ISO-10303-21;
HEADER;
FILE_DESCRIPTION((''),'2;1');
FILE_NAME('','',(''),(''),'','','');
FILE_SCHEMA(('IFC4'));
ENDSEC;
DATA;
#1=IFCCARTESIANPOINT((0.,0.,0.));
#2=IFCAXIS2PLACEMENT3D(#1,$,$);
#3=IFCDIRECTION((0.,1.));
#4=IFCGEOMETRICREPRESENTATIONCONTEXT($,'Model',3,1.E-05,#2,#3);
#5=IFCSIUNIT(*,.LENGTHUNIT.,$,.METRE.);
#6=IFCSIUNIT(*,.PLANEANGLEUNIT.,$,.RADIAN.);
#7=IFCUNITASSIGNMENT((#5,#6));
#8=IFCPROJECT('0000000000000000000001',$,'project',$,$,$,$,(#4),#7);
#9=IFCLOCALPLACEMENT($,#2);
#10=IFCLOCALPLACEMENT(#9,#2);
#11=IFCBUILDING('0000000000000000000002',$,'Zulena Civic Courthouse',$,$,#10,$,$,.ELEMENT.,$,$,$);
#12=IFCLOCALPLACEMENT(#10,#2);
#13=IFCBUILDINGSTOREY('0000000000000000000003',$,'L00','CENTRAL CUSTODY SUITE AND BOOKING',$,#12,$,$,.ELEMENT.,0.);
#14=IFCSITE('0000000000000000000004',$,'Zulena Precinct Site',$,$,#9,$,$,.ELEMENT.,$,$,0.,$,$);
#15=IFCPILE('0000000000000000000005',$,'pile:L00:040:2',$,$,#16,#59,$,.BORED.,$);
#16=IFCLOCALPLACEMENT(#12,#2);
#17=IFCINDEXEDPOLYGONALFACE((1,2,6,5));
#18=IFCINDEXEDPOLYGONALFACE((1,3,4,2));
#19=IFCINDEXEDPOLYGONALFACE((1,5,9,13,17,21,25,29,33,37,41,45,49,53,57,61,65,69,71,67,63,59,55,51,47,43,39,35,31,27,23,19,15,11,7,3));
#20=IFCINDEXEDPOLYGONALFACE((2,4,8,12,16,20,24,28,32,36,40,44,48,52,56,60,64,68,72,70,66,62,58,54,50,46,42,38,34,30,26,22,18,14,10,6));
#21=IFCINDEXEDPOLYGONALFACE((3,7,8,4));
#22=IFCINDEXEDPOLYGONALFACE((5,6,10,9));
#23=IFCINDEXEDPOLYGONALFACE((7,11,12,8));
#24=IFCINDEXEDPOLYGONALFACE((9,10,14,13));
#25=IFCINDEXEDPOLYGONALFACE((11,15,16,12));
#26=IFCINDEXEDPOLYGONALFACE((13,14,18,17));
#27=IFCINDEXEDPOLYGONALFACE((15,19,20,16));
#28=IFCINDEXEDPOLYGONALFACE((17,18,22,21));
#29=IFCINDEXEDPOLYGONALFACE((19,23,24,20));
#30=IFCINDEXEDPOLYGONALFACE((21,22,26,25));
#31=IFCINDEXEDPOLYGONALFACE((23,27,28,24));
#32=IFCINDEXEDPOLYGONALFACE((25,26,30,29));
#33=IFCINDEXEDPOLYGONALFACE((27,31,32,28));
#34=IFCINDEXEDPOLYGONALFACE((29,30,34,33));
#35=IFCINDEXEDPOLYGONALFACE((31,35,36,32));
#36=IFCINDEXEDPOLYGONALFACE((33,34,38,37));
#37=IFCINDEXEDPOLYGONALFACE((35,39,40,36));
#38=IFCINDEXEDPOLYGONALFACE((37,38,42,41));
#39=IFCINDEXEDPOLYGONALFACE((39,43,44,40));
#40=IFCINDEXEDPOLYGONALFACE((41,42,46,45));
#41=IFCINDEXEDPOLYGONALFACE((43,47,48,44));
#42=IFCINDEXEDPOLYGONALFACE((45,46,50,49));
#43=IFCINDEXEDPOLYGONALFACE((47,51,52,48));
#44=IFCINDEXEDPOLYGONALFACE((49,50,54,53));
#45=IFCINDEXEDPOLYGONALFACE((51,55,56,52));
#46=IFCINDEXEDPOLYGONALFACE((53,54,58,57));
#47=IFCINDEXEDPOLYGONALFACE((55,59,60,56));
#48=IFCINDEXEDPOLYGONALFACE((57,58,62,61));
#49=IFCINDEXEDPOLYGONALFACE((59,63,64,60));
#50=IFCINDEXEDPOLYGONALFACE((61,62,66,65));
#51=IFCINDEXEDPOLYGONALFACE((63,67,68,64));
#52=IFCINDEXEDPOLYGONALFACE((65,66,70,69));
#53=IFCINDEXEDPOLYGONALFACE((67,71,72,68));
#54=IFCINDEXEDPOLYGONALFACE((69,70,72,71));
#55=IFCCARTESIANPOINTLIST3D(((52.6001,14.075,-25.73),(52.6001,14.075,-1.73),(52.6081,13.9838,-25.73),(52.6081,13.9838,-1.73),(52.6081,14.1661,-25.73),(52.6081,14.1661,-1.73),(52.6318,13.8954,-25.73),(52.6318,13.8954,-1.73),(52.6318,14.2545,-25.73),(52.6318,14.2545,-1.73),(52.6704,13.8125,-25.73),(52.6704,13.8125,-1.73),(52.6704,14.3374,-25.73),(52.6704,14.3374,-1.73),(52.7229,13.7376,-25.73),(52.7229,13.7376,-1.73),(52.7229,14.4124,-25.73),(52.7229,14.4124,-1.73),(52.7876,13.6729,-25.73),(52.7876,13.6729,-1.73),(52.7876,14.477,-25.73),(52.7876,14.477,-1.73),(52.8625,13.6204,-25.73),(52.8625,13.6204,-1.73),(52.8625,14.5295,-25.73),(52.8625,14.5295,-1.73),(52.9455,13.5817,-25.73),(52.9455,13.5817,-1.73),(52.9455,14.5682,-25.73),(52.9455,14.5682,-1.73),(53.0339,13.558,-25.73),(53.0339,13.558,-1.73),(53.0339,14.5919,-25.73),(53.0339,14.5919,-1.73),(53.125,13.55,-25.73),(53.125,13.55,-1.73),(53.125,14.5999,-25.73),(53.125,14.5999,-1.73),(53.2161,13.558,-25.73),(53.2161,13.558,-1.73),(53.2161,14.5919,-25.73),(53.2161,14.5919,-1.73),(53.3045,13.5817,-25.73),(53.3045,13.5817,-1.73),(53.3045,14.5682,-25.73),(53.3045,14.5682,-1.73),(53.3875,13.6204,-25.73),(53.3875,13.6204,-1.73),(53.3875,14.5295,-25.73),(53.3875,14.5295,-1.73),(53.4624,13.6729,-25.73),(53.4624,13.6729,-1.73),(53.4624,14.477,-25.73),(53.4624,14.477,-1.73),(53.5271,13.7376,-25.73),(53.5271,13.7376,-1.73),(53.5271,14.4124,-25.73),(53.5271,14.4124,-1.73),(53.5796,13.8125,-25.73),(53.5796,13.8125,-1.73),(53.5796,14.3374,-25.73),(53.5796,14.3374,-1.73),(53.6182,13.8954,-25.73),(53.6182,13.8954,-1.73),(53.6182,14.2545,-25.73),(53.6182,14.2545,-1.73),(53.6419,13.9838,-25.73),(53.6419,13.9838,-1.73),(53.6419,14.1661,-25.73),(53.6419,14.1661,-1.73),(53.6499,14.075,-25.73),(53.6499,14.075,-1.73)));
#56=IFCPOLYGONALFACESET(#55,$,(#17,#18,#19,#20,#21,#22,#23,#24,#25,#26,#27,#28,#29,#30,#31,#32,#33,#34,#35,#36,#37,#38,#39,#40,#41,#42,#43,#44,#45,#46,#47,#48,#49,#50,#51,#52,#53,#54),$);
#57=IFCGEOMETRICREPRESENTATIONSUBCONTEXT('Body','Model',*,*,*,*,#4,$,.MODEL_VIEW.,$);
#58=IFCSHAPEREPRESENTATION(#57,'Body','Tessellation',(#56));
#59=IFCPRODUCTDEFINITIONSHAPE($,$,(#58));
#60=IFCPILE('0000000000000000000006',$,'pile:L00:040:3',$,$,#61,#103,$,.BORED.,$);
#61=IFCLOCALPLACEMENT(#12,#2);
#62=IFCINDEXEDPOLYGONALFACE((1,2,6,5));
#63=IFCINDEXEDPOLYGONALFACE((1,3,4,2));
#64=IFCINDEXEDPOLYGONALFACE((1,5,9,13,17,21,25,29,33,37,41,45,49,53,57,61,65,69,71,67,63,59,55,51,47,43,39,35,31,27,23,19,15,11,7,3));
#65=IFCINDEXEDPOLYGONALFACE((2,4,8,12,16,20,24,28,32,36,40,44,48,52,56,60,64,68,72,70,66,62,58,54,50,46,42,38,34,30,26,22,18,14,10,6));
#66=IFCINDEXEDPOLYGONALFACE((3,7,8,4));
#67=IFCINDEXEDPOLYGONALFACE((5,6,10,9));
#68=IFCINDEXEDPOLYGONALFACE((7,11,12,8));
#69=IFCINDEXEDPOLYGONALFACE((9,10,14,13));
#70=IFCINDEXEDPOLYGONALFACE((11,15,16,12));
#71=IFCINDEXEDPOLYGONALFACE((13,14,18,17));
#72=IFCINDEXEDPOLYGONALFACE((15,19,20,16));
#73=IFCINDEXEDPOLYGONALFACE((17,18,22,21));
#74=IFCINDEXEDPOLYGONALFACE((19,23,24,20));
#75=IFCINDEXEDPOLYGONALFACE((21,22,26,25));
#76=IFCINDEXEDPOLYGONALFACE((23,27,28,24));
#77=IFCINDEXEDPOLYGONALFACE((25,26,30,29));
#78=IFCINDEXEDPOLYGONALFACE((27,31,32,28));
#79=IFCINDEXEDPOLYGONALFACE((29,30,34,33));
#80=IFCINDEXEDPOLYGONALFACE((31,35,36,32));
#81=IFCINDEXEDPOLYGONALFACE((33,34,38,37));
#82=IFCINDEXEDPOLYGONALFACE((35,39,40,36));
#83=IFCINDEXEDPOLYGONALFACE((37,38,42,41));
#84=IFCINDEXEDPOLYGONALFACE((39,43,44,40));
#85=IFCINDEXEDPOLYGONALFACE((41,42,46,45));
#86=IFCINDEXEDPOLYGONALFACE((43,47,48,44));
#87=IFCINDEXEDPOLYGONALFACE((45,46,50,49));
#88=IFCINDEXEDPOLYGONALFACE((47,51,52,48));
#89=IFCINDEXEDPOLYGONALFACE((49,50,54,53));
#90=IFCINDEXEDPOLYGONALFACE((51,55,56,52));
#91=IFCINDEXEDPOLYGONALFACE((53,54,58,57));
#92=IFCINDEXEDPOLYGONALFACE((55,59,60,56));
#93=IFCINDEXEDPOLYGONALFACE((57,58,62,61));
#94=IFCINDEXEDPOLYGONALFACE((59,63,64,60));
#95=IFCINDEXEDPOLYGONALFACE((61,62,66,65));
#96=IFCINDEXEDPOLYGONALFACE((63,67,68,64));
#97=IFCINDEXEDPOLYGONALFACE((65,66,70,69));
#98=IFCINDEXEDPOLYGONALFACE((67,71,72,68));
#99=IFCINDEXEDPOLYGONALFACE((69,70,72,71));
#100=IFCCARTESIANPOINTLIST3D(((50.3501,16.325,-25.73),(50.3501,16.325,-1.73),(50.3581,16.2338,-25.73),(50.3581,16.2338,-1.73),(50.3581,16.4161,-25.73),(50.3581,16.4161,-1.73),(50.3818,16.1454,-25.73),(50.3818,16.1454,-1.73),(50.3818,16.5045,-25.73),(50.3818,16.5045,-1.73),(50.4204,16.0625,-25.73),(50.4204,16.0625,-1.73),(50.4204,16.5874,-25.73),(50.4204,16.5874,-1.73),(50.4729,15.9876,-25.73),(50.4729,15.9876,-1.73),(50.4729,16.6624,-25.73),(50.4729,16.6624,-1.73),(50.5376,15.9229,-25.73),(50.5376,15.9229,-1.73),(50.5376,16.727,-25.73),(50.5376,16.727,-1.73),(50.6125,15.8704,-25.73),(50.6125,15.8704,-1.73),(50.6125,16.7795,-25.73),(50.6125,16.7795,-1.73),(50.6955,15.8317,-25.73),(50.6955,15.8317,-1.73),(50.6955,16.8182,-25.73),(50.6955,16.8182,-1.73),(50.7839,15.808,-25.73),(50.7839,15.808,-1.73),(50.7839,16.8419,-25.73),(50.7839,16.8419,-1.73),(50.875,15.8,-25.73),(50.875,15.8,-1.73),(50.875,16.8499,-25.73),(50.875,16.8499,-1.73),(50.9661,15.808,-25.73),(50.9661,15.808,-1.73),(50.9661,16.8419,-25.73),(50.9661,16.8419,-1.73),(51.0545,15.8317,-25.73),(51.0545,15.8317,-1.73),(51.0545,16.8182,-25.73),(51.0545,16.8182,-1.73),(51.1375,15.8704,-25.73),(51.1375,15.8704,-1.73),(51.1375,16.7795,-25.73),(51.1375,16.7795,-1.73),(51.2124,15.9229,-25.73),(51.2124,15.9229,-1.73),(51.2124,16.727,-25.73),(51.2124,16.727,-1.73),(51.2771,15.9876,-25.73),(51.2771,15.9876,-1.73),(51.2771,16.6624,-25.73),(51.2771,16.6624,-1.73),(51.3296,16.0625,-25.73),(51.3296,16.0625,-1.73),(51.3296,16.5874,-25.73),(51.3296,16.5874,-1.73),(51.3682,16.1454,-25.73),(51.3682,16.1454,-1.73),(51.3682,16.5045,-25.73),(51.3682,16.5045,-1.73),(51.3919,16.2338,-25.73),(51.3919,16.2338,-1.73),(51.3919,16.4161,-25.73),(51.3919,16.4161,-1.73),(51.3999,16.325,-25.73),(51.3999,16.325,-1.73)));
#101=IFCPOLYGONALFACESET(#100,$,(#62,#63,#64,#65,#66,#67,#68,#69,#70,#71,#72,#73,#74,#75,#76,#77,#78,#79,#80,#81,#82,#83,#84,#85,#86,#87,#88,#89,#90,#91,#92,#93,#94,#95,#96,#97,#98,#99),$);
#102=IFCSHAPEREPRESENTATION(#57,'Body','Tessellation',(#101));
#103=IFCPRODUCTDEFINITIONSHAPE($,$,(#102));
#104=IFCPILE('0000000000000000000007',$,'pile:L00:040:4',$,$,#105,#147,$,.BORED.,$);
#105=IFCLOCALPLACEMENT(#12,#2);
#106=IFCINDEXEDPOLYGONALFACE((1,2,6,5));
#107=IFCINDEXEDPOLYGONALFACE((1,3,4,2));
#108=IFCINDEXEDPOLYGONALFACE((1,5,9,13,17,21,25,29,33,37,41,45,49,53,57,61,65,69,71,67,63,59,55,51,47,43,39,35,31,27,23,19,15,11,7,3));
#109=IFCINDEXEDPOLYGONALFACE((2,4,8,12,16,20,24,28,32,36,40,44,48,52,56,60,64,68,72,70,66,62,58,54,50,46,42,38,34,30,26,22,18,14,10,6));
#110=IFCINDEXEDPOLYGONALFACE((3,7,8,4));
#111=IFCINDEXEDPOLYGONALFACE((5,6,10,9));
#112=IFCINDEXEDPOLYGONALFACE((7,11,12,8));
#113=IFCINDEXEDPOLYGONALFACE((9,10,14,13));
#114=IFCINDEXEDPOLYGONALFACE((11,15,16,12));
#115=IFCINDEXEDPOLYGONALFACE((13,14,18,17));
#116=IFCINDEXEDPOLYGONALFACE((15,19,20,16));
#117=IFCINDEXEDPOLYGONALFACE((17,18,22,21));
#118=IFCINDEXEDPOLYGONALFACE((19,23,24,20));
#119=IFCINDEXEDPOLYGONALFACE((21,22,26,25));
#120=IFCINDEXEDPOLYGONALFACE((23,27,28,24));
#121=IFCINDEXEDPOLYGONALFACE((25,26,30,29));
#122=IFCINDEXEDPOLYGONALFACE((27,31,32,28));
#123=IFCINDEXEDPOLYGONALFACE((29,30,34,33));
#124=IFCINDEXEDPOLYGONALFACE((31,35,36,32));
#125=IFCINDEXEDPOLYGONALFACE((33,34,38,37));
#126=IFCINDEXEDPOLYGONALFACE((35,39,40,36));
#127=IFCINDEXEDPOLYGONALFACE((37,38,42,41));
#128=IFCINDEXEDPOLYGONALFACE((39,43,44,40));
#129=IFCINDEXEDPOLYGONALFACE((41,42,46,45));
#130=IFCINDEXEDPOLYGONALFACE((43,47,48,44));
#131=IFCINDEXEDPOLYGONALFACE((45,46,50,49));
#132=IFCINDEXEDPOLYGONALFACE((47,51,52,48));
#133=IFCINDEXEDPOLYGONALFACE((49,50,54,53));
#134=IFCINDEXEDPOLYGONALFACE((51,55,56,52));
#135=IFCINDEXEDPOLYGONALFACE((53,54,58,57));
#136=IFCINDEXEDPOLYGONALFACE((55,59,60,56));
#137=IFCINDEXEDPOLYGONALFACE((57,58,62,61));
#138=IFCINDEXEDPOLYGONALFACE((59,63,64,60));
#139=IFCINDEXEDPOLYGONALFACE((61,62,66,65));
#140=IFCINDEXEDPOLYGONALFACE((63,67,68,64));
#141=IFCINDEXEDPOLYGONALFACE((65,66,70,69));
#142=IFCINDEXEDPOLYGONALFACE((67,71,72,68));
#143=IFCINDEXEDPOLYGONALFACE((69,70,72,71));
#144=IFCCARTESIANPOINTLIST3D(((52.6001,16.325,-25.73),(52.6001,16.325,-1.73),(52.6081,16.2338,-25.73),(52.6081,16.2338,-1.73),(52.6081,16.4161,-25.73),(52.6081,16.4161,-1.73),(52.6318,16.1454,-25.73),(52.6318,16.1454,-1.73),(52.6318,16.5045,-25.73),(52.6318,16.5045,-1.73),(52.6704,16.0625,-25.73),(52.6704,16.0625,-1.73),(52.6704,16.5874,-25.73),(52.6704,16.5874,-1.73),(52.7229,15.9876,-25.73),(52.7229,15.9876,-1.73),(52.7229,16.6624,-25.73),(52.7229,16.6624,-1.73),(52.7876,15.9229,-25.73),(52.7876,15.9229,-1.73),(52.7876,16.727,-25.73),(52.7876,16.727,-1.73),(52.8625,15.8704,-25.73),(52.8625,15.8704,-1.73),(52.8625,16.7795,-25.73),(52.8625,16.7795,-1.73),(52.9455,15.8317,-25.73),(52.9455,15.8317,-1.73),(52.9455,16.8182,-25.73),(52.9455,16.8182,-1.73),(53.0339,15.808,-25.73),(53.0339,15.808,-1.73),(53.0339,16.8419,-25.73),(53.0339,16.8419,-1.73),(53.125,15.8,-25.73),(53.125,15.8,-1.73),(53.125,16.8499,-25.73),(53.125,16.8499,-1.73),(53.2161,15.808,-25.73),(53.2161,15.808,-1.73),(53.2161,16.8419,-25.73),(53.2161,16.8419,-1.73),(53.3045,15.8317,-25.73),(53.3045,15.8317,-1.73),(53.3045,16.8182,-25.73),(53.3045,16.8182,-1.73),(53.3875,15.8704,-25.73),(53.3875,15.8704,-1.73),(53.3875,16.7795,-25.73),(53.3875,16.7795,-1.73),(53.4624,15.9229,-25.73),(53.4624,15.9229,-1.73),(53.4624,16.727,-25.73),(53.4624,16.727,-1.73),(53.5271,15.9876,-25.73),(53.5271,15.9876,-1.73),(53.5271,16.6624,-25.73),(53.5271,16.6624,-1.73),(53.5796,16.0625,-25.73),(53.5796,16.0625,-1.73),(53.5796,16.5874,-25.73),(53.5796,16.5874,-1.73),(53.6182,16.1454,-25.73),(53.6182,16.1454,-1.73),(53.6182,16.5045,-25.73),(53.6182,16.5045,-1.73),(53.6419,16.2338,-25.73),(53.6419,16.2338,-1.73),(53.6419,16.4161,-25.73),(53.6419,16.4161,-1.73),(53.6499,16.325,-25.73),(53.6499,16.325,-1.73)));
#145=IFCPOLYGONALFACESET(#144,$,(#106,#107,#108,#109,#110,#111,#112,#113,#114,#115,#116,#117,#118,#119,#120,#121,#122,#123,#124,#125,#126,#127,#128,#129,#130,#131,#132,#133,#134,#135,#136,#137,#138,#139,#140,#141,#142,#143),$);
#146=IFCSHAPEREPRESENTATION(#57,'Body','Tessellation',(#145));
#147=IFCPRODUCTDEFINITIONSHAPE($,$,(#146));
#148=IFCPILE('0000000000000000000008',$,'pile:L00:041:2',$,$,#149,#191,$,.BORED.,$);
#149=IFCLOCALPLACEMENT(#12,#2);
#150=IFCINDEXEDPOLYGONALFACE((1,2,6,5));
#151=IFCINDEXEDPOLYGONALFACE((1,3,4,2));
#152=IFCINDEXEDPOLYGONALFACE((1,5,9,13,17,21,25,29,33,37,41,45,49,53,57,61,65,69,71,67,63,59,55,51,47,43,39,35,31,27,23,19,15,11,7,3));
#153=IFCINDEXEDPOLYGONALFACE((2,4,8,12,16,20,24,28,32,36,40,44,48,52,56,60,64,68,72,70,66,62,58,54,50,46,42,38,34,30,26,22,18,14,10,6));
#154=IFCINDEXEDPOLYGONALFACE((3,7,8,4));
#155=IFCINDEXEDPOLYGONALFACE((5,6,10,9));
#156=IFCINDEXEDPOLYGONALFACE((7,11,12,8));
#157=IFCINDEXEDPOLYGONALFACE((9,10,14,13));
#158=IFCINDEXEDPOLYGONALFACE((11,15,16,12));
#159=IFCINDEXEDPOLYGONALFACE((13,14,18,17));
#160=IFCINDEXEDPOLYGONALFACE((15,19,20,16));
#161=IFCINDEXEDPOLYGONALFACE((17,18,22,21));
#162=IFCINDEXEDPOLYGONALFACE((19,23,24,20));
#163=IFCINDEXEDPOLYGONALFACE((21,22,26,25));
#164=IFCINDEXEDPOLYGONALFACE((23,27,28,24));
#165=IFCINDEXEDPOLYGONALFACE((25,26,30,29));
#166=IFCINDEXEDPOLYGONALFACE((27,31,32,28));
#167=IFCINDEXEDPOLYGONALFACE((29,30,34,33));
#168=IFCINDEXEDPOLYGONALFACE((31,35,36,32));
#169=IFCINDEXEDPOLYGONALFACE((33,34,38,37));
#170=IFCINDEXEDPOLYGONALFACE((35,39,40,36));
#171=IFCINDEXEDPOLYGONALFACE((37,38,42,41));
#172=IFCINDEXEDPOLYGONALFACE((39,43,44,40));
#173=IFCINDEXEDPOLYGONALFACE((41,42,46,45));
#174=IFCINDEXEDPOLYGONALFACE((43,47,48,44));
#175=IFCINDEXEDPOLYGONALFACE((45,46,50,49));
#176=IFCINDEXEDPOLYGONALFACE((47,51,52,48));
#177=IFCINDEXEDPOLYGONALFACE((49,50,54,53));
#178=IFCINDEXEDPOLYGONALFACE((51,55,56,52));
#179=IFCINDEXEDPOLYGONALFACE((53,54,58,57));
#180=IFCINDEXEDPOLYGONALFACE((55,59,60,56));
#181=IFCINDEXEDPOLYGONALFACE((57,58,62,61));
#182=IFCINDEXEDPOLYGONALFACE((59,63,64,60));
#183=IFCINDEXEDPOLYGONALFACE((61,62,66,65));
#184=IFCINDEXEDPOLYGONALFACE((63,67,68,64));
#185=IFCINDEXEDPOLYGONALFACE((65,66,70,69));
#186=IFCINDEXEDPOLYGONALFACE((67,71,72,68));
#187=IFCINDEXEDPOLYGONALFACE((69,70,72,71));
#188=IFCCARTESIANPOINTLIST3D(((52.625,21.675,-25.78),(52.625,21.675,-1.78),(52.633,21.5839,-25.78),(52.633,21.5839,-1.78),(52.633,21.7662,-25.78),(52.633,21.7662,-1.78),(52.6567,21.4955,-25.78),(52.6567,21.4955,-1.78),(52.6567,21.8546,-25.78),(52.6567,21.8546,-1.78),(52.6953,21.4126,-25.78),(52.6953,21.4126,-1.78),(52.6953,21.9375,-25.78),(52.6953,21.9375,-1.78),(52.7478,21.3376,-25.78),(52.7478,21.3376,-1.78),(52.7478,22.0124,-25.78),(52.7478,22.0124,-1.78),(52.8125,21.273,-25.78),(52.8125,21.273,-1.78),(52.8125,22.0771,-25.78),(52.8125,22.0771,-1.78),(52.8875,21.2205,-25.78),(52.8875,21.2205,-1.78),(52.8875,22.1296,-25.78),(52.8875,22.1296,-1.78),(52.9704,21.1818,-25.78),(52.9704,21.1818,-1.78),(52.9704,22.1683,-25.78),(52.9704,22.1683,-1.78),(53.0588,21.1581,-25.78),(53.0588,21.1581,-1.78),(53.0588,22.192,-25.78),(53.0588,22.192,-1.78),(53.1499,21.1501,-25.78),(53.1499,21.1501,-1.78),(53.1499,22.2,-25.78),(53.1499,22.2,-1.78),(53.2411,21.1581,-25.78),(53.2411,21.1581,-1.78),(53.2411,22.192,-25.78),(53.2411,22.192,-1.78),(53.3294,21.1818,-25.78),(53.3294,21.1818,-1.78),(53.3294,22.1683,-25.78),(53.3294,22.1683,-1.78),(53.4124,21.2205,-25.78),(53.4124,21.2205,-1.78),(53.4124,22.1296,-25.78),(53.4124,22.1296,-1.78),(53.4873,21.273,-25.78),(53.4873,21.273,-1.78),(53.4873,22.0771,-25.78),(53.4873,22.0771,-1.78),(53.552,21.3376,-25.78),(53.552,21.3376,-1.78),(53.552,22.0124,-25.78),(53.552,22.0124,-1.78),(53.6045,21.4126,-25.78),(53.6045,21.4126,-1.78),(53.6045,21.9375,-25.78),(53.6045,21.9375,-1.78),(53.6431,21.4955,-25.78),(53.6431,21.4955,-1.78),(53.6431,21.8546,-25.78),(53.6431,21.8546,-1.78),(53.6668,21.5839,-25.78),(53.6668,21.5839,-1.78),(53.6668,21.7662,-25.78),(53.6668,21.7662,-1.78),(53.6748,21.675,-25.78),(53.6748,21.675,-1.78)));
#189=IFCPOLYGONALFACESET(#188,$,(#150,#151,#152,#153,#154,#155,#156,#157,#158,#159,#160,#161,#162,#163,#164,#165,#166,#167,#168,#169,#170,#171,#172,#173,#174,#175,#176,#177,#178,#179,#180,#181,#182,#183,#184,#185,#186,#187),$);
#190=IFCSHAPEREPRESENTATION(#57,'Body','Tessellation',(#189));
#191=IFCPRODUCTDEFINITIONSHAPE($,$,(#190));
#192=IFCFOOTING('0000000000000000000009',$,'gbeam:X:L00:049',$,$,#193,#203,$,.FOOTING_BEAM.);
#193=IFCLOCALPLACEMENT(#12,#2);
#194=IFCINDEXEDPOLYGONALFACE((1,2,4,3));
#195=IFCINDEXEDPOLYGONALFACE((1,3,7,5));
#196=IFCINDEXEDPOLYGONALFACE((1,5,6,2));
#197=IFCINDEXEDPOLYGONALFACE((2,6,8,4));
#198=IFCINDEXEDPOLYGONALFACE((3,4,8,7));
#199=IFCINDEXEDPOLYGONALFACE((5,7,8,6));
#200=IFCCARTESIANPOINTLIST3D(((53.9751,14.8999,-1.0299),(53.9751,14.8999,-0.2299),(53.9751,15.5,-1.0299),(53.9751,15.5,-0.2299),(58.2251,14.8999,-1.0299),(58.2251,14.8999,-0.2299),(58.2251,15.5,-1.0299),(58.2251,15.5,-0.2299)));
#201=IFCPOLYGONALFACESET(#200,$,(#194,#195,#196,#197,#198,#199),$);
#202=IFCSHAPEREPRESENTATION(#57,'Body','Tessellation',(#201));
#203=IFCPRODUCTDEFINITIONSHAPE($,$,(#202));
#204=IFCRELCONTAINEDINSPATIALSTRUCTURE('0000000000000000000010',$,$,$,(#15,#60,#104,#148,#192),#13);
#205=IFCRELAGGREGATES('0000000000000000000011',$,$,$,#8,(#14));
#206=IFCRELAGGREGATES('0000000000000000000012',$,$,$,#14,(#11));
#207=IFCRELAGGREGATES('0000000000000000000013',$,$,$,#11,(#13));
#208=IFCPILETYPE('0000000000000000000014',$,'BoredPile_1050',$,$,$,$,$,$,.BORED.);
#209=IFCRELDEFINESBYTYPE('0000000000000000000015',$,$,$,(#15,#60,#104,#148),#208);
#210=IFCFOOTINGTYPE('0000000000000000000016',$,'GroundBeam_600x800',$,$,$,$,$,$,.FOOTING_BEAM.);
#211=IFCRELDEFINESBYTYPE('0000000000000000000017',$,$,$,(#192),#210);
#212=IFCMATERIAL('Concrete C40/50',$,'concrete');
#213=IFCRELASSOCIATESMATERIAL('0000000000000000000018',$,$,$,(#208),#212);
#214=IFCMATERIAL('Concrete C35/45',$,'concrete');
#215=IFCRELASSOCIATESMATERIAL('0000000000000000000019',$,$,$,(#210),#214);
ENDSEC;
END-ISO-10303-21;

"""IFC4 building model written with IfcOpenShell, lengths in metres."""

from ifc_helpers import new_model, si_unit, direction, frame, origin, origin_2d, place, context, subcontext, project, spatial, rectangle, circle, extrude, material, material_profile, profile_set, type_object, element, save


model = new_model("IFC4")

# Units and contexts
model_context = context("Model", 3, precision=1e-05, world=origin(), true_north=direction((0.0, 1.0)))
body_context = subcontext(model_context, "Body", "Model", "MODEL_VIEW")
ifc_project = project(units=[si_unit("LENGTHUNIT", "METRE"), si_unit("PLANEANGLEUNIT", "RADIAN")], contexts=[model_context])

# Site, building, storey
site_placement = place(None, origin())
site = spatial("IfcSite", under=ifc_project, at=site_placement, Name="Zulena Precinct Site", CompositionType="ELEMENT", RefElevation=0.0)
building_placement = place(site_placement, origin())
building = spatial("IfcBuilding", under=site, at=building_placement, Name="Zulena Civic Courthouse", CompositionType="ELEMENT")
storey_placement = place(building_placement, origin())
storey = spatial("IfcBuildingStorey", under=building, at=storey_placement, Name="L00", Description="CENTRAL CUSTODY SUITE AND BOOKING", CompositionType="ELEMENT", Elevation=0.0)

# Piles
ifc_material_1 = material(Name="Concrete C40/50", Category="concrete")
ifc_material_profile_1 = material_profile(ifc_material_1, circle(Radius=0.5249, at=origin_2d()), Name="PILE1050")
ifc_profile_set_1 = profile_set([ifc_material_profile_1], Name="Concrete C40/50")
pile_type = type_object("IfcPileType", Name="BoredPile_1050", PredefinedType="BORED", material=ifc_profile_set_1)
for number, where, z_axis, x_axis, name in (
    (1, (53.125, 14.075, -1.73), (0.0, 0.0, -1.0), (1.0, 0.0, 0.0), "pile:L00:040:2"),
    (2, (50.875, 16.325, -1.73), (0.0, 0.0, -1.0), (1.0, 0.0, 0.0), "pile:L00:040:3"),
    (3, (53.125, 16.325, -1.73), (0.0, 0.0, -1.0), (1.0, 0.0, 0.0), "pile:L00:040:4"),
    (4, (53.1499, 21.675, -1.78), (0.0, 0.0, -1.0), (1.0, 0.0, 0.0), "pile:L00:041:2"),
):
    element("IfcPile", number, at=place(storey_placement, frame(where, z_axis=z_axis, x_axis=x_axis)), inside=storey, type_object=pile_type, Name=name, PredefinedType="BORED", context=body_context, shape_type="SweptSolid", body=[
        extrude(circle(Radius=0.5249, at=origin_2d()), origin(), (0.0, 0.0, 1.0), 24.0),
    ])

# Footing
ifc_material_2 = material(Name="Concrete C35/45", Category="concrete")
ifc_material_profile_2 = material_profile(ifc_material_2, rectangle(XDim=0.6001, YDim=0.8, at=origin_2d()), Name="RC600X800")
ifc_profile_set_2 = profile_set([ifc_material_profile_2], Name="Concrete C35/45")
footing_type_1 = type_object("IfcFootingType", Name="GroundBeam_600x800", PredefinedType="FOOTING_BEAM", material=ifc_profile_set_2)
footing_1_placement = place(storey_placement, frame((53.9751, 15.2, -0.6299), z_axis=(1.0, 0.0, 0.0), x_axis=(0.0, 1.0, 0.0)))
element("IfcFooting", 5, at=footing_1_placement, inside=storey, type_object=footing_type_1, Name="gbeam:X:L00:049", PredefinedType="FOOTING_BEAM", context=body_context, shape_type="SweptSolid", body=[
    extrude(rectangle(XDim=0.6001, YDim=0.8, at=origin_2d()), origin(), (0.0, 0.0, 1.0), 4.25),
])

save(model, "model.ifc")
